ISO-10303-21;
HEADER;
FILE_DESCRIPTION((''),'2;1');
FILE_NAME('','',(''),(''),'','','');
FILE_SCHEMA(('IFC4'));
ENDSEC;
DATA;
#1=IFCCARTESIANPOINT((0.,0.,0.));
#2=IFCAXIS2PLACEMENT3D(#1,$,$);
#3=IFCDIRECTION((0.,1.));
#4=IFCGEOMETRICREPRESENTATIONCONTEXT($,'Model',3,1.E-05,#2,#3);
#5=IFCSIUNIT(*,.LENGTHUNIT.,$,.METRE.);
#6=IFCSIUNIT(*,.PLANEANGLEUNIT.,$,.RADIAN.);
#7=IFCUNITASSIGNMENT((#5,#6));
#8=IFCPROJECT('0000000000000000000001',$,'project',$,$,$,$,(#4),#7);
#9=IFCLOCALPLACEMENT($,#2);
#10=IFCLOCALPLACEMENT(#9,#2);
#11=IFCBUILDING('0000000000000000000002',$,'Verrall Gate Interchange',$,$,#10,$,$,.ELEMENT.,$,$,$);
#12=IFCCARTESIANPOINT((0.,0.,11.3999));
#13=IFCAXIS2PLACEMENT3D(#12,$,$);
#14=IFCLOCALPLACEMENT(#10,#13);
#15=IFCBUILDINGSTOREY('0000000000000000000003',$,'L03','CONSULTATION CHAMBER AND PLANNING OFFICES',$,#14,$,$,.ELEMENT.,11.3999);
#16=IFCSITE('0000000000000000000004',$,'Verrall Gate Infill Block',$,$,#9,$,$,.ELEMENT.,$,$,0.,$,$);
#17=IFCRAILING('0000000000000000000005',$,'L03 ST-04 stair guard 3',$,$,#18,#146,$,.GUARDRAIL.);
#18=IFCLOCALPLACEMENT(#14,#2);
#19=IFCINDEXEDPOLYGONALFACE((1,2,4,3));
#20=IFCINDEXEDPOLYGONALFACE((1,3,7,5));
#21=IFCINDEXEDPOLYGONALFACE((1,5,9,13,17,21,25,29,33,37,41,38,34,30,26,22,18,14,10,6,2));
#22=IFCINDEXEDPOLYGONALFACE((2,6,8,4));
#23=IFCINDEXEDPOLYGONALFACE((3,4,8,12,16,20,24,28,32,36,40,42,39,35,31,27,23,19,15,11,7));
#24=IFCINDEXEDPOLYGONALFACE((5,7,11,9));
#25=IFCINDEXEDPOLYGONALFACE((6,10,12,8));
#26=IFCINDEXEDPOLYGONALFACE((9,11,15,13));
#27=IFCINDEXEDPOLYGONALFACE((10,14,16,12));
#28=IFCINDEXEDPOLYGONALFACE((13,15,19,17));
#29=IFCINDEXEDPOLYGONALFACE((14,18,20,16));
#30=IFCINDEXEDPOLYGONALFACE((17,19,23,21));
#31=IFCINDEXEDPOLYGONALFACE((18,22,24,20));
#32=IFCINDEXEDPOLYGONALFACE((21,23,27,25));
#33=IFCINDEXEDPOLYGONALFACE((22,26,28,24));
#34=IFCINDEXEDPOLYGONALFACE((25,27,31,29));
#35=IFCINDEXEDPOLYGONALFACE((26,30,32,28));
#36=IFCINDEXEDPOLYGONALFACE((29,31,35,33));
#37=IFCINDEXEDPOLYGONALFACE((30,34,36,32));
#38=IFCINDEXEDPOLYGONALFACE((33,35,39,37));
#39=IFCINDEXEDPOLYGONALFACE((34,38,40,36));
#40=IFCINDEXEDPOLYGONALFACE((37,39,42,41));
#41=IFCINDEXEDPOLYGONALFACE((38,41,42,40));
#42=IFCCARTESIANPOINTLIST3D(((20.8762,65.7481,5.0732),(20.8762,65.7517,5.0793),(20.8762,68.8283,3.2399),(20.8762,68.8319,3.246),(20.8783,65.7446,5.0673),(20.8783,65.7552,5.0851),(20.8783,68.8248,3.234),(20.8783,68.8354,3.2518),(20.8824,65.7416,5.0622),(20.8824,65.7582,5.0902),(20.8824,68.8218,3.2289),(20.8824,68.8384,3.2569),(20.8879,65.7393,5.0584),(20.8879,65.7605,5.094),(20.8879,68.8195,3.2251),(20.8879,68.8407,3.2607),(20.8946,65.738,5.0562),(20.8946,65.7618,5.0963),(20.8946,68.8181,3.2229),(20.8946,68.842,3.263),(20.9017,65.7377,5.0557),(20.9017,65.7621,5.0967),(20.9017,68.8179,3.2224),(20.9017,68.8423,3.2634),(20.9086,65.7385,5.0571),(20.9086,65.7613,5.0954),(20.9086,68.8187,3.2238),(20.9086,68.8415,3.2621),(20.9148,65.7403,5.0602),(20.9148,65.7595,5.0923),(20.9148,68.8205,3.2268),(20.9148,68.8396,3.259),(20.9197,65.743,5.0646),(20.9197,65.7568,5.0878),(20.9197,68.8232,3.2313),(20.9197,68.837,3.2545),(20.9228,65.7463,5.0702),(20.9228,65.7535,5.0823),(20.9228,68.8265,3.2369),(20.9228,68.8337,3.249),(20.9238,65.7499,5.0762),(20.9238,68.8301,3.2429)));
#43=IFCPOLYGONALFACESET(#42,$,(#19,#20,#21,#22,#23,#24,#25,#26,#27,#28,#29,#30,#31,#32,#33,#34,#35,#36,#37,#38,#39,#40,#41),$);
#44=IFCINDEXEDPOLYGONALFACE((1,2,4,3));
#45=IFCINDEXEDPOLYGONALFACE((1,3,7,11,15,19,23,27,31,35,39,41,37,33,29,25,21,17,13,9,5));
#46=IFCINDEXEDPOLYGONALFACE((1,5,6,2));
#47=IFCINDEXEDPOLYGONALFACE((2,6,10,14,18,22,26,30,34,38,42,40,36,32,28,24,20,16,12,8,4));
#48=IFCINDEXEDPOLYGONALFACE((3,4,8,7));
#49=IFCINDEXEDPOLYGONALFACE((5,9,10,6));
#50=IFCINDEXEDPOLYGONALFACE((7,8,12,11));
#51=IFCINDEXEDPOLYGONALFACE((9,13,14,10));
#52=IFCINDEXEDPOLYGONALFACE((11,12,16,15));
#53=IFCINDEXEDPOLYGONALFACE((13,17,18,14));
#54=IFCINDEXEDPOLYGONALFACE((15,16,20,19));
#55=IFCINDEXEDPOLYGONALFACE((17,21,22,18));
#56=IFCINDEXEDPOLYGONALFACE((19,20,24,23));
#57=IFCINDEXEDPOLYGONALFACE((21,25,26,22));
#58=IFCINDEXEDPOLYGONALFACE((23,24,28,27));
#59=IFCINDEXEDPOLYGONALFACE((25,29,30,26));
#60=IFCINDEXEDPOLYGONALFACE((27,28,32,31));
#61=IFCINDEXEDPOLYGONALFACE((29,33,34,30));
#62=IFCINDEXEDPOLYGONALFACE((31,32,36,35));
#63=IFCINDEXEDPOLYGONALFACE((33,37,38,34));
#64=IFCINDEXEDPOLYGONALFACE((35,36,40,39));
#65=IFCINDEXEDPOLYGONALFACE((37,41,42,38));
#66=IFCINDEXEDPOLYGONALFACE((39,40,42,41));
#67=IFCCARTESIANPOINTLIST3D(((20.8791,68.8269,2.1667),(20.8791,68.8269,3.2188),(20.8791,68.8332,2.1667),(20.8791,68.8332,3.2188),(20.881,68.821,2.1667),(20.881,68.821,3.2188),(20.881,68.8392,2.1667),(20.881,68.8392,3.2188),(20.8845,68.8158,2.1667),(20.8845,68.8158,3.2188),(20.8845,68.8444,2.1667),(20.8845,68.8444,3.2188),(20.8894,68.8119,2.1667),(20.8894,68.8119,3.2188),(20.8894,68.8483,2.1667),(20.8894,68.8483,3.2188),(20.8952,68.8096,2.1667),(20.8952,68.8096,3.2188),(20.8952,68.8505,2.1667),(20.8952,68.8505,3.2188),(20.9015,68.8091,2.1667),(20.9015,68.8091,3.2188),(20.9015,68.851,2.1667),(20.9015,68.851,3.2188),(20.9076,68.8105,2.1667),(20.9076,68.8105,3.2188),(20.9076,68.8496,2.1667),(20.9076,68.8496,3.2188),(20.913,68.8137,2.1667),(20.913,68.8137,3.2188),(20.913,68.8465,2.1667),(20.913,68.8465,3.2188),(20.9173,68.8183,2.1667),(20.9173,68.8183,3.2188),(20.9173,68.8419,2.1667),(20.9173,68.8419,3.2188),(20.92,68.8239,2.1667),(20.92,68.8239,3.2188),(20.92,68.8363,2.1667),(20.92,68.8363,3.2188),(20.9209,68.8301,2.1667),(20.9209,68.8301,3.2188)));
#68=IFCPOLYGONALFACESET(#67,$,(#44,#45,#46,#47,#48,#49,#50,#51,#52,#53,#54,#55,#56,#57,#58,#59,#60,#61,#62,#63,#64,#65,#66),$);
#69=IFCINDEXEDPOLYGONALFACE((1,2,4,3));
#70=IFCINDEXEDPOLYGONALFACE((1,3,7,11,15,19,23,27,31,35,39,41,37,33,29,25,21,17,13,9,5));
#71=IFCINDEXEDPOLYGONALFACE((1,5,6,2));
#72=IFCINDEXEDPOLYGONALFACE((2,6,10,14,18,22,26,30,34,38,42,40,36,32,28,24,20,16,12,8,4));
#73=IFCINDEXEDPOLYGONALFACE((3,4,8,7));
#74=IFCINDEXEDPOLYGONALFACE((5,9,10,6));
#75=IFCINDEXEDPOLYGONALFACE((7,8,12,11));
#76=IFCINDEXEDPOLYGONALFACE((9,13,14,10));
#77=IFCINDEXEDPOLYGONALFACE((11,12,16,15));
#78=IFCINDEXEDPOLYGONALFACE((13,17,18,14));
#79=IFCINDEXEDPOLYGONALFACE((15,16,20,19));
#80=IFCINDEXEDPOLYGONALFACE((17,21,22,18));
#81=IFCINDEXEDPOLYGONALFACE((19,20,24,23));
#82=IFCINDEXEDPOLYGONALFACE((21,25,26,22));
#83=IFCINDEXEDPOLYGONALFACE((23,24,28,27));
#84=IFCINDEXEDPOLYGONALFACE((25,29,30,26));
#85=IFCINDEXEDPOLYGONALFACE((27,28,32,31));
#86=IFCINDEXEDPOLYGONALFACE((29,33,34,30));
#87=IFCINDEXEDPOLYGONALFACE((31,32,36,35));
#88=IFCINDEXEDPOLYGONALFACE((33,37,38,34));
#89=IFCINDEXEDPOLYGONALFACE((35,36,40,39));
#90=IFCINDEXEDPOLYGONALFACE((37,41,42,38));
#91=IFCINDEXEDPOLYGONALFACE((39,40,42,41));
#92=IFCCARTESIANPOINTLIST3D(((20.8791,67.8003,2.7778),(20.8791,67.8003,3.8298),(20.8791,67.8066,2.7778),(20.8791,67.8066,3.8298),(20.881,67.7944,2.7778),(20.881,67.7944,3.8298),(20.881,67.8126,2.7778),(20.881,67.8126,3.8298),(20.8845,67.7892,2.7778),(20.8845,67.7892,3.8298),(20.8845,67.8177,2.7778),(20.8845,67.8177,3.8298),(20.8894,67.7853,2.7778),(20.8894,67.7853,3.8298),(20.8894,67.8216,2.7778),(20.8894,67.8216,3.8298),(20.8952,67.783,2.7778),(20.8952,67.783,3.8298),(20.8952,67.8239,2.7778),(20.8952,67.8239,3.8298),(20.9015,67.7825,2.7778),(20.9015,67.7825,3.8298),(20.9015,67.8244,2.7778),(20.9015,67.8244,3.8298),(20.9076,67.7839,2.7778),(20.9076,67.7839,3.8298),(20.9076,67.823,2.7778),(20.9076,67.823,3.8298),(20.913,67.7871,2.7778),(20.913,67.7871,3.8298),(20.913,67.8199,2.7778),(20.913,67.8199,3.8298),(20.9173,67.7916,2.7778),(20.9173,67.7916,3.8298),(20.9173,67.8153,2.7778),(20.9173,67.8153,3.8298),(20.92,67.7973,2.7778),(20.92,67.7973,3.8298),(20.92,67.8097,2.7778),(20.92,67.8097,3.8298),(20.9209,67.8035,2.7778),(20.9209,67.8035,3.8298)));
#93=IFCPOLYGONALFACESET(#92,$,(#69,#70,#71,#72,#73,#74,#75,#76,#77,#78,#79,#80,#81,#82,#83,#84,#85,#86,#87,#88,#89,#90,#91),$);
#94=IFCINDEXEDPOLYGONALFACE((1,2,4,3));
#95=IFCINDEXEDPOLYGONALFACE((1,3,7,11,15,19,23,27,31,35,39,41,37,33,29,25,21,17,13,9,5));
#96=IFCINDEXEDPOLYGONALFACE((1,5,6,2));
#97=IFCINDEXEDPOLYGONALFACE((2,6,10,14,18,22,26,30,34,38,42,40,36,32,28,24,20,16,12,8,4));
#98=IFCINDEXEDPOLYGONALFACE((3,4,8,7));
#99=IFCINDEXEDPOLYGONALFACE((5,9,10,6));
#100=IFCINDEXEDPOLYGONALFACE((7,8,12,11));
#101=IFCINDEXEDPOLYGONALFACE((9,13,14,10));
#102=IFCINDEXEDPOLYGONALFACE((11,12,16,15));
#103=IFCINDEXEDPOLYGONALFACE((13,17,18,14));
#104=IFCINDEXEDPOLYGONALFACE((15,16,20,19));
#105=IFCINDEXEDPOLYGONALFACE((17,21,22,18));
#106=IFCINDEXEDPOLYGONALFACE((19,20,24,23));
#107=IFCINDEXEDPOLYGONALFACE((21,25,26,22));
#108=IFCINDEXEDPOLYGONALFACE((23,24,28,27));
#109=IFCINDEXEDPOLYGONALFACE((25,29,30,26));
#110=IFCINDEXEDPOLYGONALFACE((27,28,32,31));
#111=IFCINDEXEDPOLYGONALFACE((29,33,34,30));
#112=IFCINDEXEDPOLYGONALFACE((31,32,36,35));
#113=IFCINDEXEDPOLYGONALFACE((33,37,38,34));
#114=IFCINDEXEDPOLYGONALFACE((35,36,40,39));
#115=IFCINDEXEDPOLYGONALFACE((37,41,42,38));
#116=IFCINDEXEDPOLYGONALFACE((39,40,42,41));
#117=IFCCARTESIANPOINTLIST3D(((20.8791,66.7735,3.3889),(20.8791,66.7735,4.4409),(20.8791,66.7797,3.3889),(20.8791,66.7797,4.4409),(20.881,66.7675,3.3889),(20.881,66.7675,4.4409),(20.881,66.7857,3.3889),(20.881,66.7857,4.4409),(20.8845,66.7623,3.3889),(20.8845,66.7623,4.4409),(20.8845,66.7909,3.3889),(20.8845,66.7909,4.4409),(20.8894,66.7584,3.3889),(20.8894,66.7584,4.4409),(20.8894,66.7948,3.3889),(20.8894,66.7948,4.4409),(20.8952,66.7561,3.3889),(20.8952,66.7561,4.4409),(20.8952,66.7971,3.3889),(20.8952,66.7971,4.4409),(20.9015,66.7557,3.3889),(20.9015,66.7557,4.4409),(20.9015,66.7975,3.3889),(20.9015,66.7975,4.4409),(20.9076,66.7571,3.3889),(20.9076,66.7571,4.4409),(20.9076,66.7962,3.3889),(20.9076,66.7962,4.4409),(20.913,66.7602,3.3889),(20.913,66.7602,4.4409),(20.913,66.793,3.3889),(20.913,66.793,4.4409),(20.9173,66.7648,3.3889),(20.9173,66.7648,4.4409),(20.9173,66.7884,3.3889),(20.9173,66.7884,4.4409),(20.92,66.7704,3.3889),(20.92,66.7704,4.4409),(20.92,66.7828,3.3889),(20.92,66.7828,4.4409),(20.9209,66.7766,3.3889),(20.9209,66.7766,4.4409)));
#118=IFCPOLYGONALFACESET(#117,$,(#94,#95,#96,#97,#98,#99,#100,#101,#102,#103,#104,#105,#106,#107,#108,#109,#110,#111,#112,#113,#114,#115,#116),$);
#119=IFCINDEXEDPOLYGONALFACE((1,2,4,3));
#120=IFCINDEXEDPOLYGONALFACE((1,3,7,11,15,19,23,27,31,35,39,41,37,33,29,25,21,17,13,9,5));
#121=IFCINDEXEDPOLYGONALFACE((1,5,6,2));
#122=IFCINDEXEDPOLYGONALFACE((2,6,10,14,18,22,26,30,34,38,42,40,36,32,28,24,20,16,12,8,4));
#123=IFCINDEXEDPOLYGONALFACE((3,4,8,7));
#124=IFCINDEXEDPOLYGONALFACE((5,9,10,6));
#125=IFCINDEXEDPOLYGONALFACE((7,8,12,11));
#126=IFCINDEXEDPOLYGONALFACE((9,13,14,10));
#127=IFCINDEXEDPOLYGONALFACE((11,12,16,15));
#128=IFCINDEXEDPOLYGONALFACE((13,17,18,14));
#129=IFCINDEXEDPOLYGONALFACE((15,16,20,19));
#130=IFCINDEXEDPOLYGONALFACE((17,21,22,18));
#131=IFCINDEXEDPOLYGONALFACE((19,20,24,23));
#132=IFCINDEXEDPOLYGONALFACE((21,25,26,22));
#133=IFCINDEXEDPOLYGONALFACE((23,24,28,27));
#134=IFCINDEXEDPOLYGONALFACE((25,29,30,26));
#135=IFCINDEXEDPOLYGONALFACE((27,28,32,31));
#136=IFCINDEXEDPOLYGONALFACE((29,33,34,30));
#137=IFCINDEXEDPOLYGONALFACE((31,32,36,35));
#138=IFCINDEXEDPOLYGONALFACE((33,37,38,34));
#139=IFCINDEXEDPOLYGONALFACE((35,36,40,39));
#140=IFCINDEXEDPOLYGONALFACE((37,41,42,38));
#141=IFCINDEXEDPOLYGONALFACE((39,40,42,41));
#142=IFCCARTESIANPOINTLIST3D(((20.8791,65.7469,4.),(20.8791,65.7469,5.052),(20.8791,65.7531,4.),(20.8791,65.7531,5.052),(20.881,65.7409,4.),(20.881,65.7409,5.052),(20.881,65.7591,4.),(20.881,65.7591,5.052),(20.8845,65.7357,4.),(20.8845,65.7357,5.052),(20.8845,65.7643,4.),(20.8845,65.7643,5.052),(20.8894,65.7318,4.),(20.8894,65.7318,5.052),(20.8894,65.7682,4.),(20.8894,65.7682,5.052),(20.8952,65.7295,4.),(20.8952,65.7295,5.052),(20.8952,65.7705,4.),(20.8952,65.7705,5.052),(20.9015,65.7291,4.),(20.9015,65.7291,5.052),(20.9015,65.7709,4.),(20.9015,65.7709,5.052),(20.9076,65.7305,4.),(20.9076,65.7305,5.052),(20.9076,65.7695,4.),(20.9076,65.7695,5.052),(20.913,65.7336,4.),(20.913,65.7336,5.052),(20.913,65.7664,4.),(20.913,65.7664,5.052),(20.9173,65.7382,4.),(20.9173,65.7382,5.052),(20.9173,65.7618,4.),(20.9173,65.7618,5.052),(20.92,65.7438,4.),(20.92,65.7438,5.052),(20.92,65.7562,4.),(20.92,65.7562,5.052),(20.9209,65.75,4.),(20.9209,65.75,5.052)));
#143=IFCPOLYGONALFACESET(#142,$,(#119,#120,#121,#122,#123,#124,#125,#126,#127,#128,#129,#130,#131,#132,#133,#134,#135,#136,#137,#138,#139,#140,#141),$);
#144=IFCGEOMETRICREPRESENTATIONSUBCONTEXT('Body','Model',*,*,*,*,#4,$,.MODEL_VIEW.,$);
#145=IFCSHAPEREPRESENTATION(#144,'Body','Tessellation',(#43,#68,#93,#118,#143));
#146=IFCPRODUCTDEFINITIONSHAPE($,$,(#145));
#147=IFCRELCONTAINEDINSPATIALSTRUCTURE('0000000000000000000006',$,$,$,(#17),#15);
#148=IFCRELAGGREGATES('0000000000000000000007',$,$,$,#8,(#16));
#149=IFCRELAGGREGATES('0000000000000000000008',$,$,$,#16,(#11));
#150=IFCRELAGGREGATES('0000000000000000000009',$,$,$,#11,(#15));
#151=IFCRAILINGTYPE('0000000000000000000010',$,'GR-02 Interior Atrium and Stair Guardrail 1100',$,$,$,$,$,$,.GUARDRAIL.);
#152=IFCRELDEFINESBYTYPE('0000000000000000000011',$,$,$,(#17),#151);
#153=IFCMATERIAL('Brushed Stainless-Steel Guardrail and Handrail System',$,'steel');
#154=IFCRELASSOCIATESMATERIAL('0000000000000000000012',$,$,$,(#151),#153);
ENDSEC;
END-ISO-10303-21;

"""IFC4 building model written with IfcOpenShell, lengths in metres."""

from ifc_helpers import new_model, si_unit, direction, frame, origin, origin_2d, place, context, subcontext, project, spatial, circle, extrude, material, type_object, element, save


model = new_model("IFC4")

# Units and contexts
model_context = context("Model", 3, precision=1e-05, world=origin(), true_north=direction((0.0, 1.0)))
body_context = subcontext(model_context, "Body", "Model", "MODEL_VIEW")
ifc_project = project(units=[si_unit("LENGTHUNIT", "METRE"), si_unit("PLANEANGLEUNIT", "RADIAN")], contexts=[model_context])

# Site, building, storey
site_placement = place(None, origin())
site = spatial("IfcSite", under=ifc_project, at=site_placement, Name="Verrall Gate Infill Block", CompositionType="ELEMENT", RefElevation=0.0)
building_placement = place(site_placement, origin())
building = spatial("IfcBuilding", under=site, at=building_placement, Name="Verrall Gate Interchange", CompositionType="ELEMENT")
storey_placement = place(building_placement, frame((0.0, 0.0, 11.3999)))
storey = spatial("IfcBuildingStorey", under=building, at=storey_placement, Name="L03", Description="CONSULTATION CHAMBER AND PLANNING OFFICES", CompositionType="ELEMENT", Elevation=11.3999)

# Railing
ifc_material_1 = material(Name="Brushed Stainless-Steel Guardrail and Handrail System", Category="steel")
railing_type_1 = type_object("IfcRailingType", Name="GR-02 Interior Atrium and Stair Guardrail 1100", PredefinedType="GUARDRAIL", material=ifc_material_1)
railing_1_placement = place(storey_placement, frame((20.8999, 68.8301, 2.1667)))
element("IfcRailing", 1, at=railing_1_placement, inside=storey, type_object=railing_type_1, Name="L03 ST-04 stair guard 3", PredefinedType="GUARDRAIL", context=body_context, shape_type="SweptSolid", body=[
    extrude(circle(Radius=0.0239, at=origin_2d()), frame((0.0, 0.0, 1.0762), z_axis=(0.0, -0.859309, 0.511458), x_axis=(1.0, 0.0, 0.0)), (0.0, 0.0, 1.0), 3.5845),
    extrude(circle(Radius=0.021, at=origin_2d()), origin(), (0.0, 0.0, 1.0), 1.052),
    extrude(circle(Radius=0.021, at=origin_2d()), frame((0.0, -1.0266, 0.6111)), (0.0, 0.0, 1.0), 1.052),
    extrude(circle(Radius=0.021, at=origin_2d()), frame((0.0, -2.0535, 1.2222)), (0.0, 0.0, 1.0), 1.052),
    extrude(circle(Radius=0.021, at=origin_2d()), frame((0.0, -3.0801, 1.8333)), (0.0, 0.0, 1.0), 1.052),
])

save(model, "model.ifc")
